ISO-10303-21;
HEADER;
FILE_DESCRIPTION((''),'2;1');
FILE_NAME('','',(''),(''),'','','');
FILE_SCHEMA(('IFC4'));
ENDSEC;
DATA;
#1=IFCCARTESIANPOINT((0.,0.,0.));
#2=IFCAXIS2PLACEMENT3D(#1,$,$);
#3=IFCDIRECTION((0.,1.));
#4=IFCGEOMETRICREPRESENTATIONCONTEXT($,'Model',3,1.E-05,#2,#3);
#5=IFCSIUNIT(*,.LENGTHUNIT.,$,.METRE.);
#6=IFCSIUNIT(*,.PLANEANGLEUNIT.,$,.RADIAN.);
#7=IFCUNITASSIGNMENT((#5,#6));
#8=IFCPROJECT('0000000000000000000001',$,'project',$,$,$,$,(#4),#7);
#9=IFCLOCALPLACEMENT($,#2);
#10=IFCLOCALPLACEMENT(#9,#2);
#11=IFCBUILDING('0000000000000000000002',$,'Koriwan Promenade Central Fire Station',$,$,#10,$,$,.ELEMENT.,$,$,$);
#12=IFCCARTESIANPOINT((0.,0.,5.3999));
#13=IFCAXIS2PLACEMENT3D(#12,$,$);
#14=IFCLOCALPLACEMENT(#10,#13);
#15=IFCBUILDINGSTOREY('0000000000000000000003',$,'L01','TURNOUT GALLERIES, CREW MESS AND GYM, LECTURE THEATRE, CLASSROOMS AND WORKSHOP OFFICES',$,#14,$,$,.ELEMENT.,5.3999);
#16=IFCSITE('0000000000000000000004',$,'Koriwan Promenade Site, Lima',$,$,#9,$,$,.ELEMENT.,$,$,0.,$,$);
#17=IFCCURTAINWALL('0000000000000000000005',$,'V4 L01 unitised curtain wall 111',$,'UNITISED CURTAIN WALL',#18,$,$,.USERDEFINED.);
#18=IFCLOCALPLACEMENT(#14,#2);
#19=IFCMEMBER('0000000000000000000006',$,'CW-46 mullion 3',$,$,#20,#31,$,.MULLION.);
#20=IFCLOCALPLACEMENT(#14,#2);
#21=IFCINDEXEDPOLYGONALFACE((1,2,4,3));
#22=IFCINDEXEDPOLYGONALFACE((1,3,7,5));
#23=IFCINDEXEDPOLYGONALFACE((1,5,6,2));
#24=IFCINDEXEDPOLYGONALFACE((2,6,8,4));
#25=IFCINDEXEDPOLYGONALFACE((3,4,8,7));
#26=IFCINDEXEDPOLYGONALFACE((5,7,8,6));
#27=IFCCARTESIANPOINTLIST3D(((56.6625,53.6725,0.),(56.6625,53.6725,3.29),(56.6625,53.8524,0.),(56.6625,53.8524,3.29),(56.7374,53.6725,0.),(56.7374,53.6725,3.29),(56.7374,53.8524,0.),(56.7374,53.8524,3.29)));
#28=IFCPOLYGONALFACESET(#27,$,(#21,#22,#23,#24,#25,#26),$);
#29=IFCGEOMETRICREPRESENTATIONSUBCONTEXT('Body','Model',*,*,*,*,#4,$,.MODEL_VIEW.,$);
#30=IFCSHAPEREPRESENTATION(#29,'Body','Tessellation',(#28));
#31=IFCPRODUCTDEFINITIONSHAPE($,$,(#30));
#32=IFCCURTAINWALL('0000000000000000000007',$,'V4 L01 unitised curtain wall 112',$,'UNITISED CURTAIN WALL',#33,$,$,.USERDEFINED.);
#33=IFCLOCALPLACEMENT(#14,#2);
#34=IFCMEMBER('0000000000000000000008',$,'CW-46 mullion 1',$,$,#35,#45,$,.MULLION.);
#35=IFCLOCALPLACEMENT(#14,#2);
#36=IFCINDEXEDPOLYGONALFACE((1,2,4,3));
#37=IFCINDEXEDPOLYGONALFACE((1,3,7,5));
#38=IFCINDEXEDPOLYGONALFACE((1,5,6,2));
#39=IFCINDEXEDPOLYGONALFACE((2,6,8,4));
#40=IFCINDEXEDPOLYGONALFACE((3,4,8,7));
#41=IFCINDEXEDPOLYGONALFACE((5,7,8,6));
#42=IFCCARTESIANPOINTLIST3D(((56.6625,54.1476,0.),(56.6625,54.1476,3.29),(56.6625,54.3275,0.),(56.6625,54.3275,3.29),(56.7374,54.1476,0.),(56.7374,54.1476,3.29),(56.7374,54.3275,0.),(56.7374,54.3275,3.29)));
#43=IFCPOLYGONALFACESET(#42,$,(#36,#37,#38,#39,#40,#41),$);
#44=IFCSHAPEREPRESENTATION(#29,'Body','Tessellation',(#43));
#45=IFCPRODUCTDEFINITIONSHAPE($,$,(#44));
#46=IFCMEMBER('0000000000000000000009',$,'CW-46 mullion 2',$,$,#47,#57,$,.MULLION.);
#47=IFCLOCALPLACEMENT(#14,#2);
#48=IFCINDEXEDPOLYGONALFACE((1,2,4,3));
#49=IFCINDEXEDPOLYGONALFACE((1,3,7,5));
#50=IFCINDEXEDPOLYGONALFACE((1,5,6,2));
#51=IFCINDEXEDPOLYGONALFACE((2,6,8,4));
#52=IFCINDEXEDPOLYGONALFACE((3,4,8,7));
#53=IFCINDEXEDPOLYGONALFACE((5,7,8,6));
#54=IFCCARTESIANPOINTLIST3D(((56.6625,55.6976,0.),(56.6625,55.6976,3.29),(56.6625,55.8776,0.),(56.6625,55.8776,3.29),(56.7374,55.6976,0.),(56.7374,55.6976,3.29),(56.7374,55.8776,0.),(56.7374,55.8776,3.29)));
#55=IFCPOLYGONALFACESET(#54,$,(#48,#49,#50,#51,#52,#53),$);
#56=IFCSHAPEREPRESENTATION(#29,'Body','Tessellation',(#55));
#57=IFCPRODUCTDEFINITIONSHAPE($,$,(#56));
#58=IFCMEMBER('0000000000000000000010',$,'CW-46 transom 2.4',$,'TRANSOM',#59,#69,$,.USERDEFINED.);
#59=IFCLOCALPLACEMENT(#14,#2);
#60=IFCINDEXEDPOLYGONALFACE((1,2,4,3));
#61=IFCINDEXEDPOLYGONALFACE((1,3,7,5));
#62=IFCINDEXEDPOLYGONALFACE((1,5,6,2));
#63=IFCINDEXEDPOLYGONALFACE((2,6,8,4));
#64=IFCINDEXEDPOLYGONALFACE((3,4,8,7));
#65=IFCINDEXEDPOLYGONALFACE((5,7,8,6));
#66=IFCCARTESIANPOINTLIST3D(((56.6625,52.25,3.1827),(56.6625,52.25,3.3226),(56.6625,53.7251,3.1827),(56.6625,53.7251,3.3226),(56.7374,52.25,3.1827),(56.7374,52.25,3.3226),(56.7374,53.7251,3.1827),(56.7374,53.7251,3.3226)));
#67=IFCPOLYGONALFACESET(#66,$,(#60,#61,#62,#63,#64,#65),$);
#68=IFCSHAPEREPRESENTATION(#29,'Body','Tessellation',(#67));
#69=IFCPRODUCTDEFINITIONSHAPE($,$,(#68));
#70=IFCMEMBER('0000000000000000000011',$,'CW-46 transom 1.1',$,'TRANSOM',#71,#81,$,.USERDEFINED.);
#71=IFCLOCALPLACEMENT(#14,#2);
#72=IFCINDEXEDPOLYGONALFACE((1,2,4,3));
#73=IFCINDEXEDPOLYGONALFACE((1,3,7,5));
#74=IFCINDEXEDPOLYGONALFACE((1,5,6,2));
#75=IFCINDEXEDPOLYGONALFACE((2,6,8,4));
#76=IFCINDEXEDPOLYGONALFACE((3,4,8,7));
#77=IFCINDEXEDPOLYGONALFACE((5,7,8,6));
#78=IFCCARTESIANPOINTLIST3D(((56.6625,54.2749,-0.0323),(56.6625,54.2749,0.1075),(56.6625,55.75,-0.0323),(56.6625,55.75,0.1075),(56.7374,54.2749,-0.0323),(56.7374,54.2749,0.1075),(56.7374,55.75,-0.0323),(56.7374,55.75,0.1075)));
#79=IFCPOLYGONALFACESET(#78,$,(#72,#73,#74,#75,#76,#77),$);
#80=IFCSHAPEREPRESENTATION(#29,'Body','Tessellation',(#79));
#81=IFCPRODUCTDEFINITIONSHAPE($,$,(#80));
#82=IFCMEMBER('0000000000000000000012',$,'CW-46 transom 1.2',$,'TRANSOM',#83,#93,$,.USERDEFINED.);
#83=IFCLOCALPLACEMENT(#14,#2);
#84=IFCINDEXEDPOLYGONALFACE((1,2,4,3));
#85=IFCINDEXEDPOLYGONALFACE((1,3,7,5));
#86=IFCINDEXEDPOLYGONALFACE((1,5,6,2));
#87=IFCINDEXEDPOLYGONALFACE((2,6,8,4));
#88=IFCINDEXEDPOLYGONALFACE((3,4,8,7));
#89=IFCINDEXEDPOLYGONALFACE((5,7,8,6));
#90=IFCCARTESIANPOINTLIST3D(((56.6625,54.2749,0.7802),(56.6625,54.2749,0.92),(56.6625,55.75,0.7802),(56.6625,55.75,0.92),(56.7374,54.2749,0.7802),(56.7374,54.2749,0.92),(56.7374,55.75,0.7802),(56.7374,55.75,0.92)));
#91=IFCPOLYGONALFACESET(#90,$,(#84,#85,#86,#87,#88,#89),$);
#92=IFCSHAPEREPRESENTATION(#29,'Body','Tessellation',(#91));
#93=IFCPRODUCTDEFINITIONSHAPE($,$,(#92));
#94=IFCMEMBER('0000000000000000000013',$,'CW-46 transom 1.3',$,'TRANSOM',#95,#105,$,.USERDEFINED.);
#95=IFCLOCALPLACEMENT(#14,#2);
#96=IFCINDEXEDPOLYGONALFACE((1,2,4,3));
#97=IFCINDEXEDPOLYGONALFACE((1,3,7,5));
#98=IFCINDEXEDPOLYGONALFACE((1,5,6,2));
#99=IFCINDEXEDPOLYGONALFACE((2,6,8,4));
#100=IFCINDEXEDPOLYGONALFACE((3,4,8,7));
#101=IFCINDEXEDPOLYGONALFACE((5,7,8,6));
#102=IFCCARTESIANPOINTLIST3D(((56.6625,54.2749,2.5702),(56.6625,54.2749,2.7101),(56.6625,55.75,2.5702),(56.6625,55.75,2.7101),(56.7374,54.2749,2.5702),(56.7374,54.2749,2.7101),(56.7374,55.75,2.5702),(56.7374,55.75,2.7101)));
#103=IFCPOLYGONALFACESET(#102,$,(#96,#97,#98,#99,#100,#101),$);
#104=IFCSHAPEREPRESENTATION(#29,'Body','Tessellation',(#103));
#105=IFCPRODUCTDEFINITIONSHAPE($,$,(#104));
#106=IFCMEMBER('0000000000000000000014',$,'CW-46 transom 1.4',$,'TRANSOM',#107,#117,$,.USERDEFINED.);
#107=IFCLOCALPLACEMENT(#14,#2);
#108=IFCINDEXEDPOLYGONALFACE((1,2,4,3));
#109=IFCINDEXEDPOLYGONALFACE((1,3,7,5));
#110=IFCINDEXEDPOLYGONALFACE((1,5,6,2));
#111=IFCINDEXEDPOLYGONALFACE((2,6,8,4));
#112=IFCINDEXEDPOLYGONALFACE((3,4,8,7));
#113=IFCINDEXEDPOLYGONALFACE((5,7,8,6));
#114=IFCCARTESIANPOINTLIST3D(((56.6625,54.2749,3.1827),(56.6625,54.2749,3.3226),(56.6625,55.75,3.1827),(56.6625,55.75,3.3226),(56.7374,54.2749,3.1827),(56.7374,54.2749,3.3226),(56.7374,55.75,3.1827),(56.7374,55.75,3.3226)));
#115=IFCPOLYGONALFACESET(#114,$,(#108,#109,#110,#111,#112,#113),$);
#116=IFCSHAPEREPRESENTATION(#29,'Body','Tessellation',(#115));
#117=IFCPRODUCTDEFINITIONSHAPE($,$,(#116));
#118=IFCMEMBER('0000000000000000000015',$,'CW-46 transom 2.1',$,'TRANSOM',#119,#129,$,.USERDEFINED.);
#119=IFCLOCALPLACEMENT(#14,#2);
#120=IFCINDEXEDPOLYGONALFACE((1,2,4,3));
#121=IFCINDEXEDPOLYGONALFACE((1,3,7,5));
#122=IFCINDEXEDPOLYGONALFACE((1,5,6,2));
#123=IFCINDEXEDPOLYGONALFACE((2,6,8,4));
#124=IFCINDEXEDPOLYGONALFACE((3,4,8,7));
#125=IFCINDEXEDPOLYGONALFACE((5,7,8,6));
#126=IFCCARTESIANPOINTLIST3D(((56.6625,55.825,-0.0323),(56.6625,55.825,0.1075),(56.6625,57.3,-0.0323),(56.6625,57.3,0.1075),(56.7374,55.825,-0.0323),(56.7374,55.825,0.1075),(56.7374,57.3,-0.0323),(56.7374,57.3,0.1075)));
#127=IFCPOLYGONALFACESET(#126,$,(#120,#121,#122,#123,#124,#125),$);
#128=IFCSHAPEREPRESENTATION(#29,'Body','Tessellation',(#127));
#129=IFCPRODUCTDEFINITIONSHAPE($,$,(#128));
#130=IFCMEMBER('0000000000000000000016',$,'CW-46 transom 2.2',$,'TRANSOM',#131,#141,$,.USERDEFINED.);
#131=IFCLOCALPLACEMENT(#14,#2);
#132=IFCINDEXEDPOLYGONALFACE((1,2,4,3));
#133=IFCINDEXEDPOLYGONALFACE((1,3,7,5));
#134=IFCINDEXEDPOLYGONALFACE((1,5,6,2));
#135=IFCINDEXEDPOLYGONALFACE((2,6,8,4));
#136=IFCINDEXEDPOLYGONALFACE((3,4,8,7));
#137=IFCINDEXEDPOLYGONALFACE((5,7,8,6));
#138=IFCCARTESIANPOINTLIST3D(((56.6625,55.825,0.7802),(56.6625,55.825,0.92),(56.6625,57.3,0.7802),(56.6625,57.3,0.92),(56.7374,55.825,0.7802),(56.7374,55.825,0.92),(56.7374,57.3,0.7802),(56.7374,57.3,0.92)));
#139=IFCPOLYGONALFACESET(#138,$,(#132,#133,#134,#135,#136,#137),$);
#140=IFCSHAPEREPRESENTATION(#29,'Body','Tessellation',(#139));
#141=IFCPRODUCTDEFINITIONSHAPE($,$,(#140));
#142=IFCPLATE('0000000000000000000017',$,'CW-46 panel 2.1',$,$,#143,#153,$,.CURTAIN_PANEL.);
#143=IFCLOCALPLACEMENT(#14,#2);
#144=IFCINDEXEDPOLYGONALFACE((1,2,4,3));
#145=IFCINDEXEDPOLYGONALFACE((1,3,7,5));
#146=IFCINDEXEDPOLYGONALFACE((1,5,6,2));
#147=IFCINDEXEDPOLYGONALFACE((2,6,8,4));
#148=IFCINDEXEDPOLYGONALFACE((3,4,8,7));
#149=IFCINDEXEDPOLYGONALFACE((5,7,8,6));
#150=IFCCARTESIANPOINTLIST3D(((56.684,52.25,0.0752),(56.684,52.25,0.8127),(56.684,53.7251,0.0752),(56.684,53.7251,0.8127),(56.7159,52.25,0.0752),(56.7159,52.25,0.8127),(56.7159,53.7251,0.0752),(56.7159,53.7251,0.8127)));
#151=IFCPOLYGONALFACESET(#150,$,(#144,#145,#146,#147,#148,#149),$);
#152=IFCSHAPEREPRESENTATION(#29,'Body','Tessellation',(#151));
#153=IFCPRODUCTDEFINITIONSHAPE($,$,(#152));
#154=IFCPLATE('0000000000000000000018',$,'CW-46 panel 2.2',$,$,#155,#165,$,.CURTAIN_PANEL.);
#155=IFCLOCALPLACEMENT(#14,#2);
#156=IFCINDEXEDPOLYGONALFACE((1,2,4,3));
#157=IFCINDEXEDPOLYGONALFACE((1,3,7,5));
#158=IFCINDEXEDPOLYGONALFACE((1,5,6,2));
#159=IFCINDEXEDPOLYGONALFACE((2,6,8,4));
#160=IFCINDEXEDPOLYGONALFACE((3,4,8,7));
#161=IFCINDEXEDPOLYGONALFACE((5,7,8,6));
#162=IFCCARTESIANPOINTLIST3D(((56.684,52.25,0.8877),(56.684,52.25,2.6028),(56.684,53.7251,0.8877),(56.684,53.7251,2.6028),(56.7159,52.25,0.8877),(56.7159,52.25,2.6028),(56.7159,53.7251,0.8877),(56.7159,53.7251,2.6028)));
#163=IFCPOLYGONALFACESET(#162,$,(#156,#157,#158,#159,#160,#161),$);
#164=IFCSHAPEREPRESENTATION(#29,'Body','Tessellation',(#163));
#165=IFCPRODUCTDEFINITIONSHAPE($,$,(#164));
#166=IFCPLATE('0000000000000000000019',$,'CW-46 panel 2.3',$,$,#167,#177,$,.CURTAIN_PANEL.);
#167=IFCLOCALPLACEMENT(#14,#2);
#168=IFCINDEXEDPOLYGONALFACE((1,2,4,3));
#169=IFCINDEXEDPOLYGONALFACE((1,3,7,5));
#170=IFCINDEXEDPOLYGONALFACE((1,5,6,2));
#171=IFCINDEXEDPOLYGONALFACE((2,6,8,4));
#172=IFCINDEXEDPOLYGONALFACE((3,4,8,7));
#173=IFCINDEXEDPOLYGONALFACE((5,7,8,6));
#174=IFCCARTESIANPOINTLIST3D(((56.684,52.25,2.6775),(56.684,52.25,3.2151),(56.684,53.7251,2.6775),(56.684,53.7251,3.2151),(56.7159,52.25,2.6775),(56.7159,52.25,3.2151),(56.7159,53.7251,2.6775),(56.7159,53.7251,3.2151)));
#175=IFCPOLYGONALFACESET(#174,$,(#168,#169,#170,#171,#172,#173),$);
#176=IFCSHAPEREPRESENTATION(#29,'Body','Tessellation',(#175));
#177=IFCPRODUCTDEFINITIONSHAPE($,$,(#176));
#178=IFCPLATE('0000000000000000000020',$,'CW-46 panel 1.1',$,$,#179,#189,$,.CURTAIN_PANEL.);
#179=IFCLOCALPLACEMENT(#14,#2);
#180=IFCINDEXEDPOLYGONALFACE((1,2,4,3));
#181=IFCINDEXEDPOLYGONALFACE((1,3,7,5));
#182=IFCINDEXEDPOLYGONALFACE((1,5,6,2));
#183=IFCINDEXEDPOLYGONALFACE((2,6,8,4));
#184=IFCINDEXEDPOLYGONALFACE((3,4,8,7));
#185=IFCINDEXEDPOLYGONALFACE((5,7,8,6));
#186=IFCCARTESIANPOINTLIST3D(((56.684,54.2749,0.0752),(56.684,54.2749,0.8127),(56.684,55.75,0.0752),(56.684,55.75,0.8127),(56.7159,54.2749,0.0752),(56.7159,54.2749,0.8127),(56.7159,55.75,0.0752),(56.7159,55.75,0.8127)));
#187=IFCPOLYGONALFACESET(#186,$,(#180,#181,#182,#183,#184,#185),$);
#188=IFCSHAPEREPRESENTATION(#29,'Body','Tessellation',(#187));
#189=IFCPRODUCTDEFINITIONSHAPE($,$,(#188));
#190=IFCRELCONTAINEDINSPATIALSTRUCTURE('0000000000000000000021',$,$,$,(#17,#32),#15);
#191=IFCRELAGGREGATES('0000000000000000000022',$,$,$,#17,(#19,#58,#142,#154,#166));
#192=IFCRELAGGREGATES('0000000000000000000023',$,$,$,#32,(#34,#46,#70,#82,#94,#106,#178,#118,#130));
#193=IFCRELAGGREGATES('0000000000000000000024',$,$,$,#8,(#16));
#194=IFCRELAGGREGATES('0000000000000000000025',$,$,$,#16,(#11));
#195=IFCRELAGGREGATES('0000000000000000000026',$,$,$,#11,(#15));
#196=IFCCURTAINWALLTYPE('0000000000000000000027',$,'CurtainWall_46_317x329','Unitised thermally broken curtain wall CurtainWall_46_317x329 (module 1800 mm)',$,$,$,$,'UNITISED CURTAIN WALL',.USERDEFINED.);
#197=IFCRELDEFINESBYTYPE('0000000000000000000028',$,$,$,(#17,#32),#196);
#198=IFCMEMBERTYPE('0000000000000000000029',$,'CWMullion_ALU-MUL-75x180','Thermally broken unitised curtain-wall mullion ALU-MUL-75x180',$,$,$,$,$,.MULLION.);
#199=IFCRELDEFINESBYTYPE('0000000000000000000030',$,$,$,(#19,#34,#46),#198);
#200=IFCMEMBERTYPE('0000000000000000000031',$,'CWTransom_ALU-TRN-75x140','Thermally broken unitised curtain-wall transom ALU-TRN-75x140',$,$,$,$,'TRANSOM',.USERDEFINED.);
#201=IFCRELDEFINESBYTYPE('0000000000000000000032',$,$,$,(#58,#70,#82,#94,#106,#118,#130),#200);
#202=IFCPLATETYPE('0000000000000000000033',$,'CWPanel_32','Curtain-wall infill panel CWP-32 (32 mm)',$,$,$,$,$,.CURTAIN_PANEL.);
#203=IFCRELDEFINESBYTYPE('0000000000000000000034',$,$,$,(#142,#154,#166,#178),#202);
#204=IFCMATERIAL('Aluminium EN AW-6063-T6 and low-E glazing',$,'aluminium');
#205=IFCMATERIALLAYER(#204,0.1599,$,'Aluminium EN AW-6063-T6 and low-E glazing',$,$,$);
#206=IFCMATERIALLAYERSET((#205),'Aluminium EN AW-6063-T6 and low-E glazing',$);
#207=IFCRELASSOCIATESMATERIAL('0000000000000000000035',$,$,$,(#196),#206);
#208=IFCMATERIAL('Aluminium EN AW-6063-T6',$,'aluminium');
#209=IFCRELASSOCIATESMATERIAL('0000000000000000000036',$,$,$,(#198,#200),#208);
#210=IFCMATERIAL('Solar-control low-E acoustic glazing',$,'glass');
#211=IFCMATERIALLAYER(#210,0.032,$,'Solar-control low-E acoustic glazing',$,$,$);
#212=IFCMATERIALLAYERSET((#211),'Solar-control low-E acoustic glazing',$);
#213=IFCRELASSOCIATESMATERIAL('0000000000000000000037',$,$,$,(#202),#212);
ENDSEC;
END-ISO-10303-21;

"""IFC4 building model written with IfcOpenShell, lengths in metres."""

from ifc_helpers import new_model, si_unit, direction, frame, origin, origin_2d, place, context, subcontext, project, spatial, rectangle, extrude, material, layer, layer_set, material_profile, profile_set, type_object, element, aggregate, save


model = new_model("IFC4")

# Units and contexts
model_context = context("Model", 3, precision=1e-05, world=origin(), true_north=direction((0.0, 1.0)))
body_context = subcontext(model_context, "Body", "Model", "MODEL_VIEW")
ifc_project = project(units=[si_unit("LENGTHUNIT", "METRE"), si_unit("PLANEANGLEUNIT", "RADIAN")], contexts=[model_context])

# Site, building, storey
site_placement = place(None, origin())
site = spatial("IfcSite", under=ifc_project, at=site_placement, Name="Koriwan Promenade Site, Lima", CompositionType="ELEMENT", RefElevation=0.0)
building_placement = place(site_placement, origin())
building = spatial("IfcBuilding", under=site, at=building_placement, Name="Koriwan Promenade Central Fire Station", CompositionType="ELEMENT")
storey_placement = place(building_placement, frame((0.0, 0.0, 5.3999)))
storey = spatial("IfcBuildingStorey", under=building, at=storey_placement, Name="L01", Description="TURNOUT GALLERIES, CREW MESS AND GYM, LECTURE THEATRE, CLASSROOMS AND WORKSHOP OFFICES", CompositionType="ELEMENT", Elevation=5.3999)

# Curtain wall, member
ifc_material_1 = material(Name="Aluminium EN AW-6063-T6 and low-E glazing", Category="aluminium")
ifc_layer_1 = layer(ifc_material_1, 0.1599, Name="Aluminium EN AW-6063-T6 and low-E glazing")
ifc_layer_set_1 = layer_set([ifc_layer_1], Name="Aluminium EN AW-6063-T6 and low-E glazing")
curtain_wall_type = type_object("IfcCurtainWallType", Name="CurtainWall_46_317x329", Description="Unitised thermally broken curtain wall CurtainWall_46_317x329 (module 1800 mm)", ElementType="UNITISED CURTAIN WALL", PredefinedType="USERDEFINED", material=ifc_layer_set_1)
curtain_wall_1_placement = place(storey_placement, origin())
curtain_wall_1 = element("IfcCurtainWall", 1, at=curtain_wall_1_placement, inside=storey, type_object=curtain_wall_type, Name="V4 L01 unitised curtain wall 111", ObjectType="UNITISED CURTAIN WALL", PredefinedType="USERDEFINED")
ifc_material_2 = material(Name="Aluminium EN AW-6063-T6", Category="aluminium")
ifc_material_profile_1 = material_profile(ifc_material_2, rectangle(XDim=0.075, YDim=0.1799, at=origin_2d()), Name="ALU-MUL-75x180")
ifc_profile_set_1 = profile_set([ifc_material_profile_1], Name="Aluminium EN AW-6063-T6")
member_type_1 = type_object("IfcMemberType", Name="CWMullion_ALU-MUL-75x180", Description="Thermally broken unitised curtain-wall mullion ALU-MUL-75x180", PredefinedType="MULLION", material=ifc_profile_set_1)
member_1_placement = place(storey_placement, frame((56.7, 53.7625, 0.0), z_axis=(0.0, 0.0, 1.0), x_axis=(-1.0, 0.0, 0.0)))
member_1 = element("IfcMember", 2, at=member_1_placement, type_object=member_type_1, Name="CW-46 mullion 3", PredefinedType="MULLION", context=body_context, shape_type="SweptSolid", body=[
    extrude(rectangle(XDim=0.075, YDim=0.1799, at=origin_2d()), origin(), (0.0, 0.0, 1.0), 3.29),
])

# Curtain wall, members
curtain_wall_2_placement = place(storey_placement, origin())
curtain_wall_2 = element("IfcCurtainWall", 3, at=curtain_wall_2_placement, inside=storey, type_object=curtain_wall_type, Name="V4 L01 unitised curtain wall 112", ObjectType="UNITISED CURTAIN WALL", PredefinedType="USERDEFINED")
member_2_placement = place(storey_placement, frame((56.7, 54.2375, 0.0), z_axis=(0.0, 0.0, 1.0), x_axis=(-1.0, 0.0, 0.0)))
member_2 = element("IfcMember", 4, at=member_2_placement, type_object=member_type_1, Name="CW-46 mullion 1", PredefinedType="MULLION", context=body_context, shape_type="SweptSolid", body=[
    extrude(rectangle(XDim=0.075, YDim=0.1799, at=origin_2d()), origin(), (0.0, 0.0, 1.0), 3.29),
])
member_3_placement = place(storey_placement, frame((56.7, 55.7876, 0.0), z_axis=(0.0, 0.0, 1.0), x_axis=(-1.0, 0.0, 0.0)))
member_3 = element("IfcMember", 5, at=member_3_placement, type_object=member_type_1, Name="CW-46 mullion 2", PredefinedType="MULLION", context=body_context, shape_type="SweptSolid", body=[
    extrude(rectangle(XDim=0.075, YDim=0.1799, at=origin_2d()), origin(), (0.0, 0.0, 1.0), 3.29),
])

# Members
ifc_material_profile_2 = material_profile(ifc_material_2, rectangle(XDim=0.075, YDim=0.1399, at=origin_2d()), Name="ALU-TRN-75x140")
ifc_profile_set_2 = profile_set([ifc_material_profile_2], Name="Aluminium EN AW-6063-T6")
member_type_2 = type_object("IfcMemberType", Name="CWTransom_ALU-TRN-75x140", Description="Thermally broken unitised curtain-wall transom ALU-TRN-75x140", ElementType="TRANSOM", PredefinedType="USERDEFINED", material=ifc_profile_set_2)
member_4_placement = place(storey_placement, frame((56.7, 52.25, 3.2527), z_axis=(0.0, 1.0, 0.0), x_axis=(-1.0, 0.0, 0.0)))
member_4 = element("IfcMember", 6, at=member_4_placement, type_object=member_type_2, Name="CW-46 transom 2.4", ObjectType="TRANSOM", PredefinedType="USERDEFINED", context=body_context, shape_type="SweptSolid", body=[
    extrude(rectangle(XDim=0.075, YDim=0.1399, at=origin_2d()), origin(), (0.0, 0.0, 1.0), 1.4751),
])
member_5_placement = place(storey_placement, frame((56.7, 54.2749, 0.0376), z_axis=(0.0, 1.0, 0.0), x_axis=(-1.0, 0.0, 0.0)))
member_5 = element("IfcMember", 7, at=member_5_placement, type_object=member_type_2, Name="CW-46 transom 1.1", ObjectType="TRANSOM", PredefinedType="USERDEFINED", context=body_context, shape_type="SweptSolid", body=[
    extrude(rectangle(XDim=0.075, YDim=0.1399, at=origin_2d()), origin(), (0.0, 0.0, 1.0), 1.4751),
])
member_6_placement = place(storey_placement, frame((56.7, 54.2749, 0.8501), z_axis=(0.0, 1.0, 0.0), x_axis=(-1.0, 0.0, 0.0)))
member_6 = element("IfcMember", 8, at=member_6_placement, type_object=member_type_2, Name="CW-46 transom 1.2", ObjectType="TRANSOM", PredefinedType="USERDEFINED", context=body_context, shape_type="SweptSolid", body=[
    extrude(rectangle(XDim=0.075, YDim=0.1399, at=origin_2d()), origin(), (0.0, 0.0, 1.0), 1.4751),
])
member_7_placement = place(storey_placement, frame((56.7, 54.2749, 2.6401), z_axis=(0.0, 1.0, 0.0), x_axis=(-1.0, 0.0, 0.0)))
member_7 = element("IfcMember", 9, at=member_7_placement, type_object=member_type_2, Name="CW-46 transom 1.3", ObjectType="TRANSOM", PredefinedType="USERDEFINED", context=body_context, shape_type="SweptSolid", body=[
    extrude(rectangle(XDim=0.075, YDim=0.1399, at=origin_2d()), origin(), (0.0, 0.0, 1.0), 1.4751),
])
member_8_placement = place(storey_placement, frame((56.7, 54.2749, 3.2527), z_axis=(0.0, 1.0, 0.0), x_axis=(-1.0, 0.0, 0.0)))
member_8 = element("IfcMember", 10, at=member_8_placement, type_object=member_type_2, Name="CW-46 transom 1.4", ObjectType="TRANSOM", PredefinedType="USERDEFINED", context=body_context, shape_type="SweptSolid", body=[
    extrude(rectangle(XDim=0.075, YDim=0.1399, at=origin_2d()), origin(), (0.0, 0.0, 1.0), 1.4751),
])
member_9_placement = place(storey_placement, frame((56.7, 55.825, 0.0376), z_axis=(0.0, 1.0, 0.0), x_axis=(-1.0, 0.0, 0.0)))
member_9 = element("IfcMember", 11, at=member_9_placement, type_object=member_type_2, Name="CW-46 transom 2.1", ObjectType="TRANSOM", PredefinedType="USERDEFINED", context=body_context, shape_type="SweptSolid", body=[
    extrude(rectangle(XDim=0.075, YDim=0.1399, at=origin_2d()), origin(), (0.0, 0.0, 1.0), 1.4751),
])
member_10_placement = place(storey_placement, frame((56.7, 55.825, 0.8501), z_axis=(0.0, 1.0, 0.0), x_axis=(-1.0, 0.0, 0.0)))
member_10 = element("IfcMember", 12, at=member_10_placement, type_object=member_type_2, Name="CW-46 transom 2.2", ObjectType="TRANSOM", PredefinedType="USERDEFINED", context=body_context, shape_type="SweptSolid", body=[
    extrude(rectangle(XDim=0.075, YDim=0.1399, at=origin_2d()), origin(), (0.0, 0.0, 1.0), 1.4751),
])

# Plates
ifc_material_3 = material(Name="Solar-control low-E acoustic glazing", Category="glass")
ifc_layer_2 = layer(ifc_material_3, 0.032, Name="Solar-control low-E acoustic glazing")
ifc_layer_set_2 = layer_set([ifc_layer_2], Name="Solar-control low-E acoustic glazing")
plate_type = type_object("IfcPlateType", Name="CWPanel_32", Description="Curtain-wall infill panel CWP-32 (32 mm)", PredefinedType="CURTAIN_PANEL", material=ifc_layer_set_2)
plate_1_placement = place(storey_placement, frame((56.7, 52.9875, 0.0752), z_axis=(0.0, 0.0, 1.0), x_axis=(0.0, 1.0, 0.0)))
plate_1 = element("IfcPlate", 13, at=plate_1_placement, type_object=plate_type, Name="CW-46 panel 2.1", PredefinedType="CURTAIN_PANEL", context=body_context, shape_type="SweptSolid", body=[
    extrude(rectangle(XDim=1.4751, YDim=0.032, at=origin_2d()), origin(), (0.0, 0.0, 1.0), 0.7375),
])
plate_2_placement = place(storey_placement, frame((56.7, 52.9875, 0.8877), z_axis=(0.0, 0.0, 1.0), x_axis=(0.0, 1.0, 0.0)))
plate_2 = element("IfcPlate", 14, at=plate_2_placement, type_object=plate_type, Name="CW-46 panel 2.2", PredefinedType="CURTAIN_PANEL", context=body_context, shape_type="SweptSolid", body=[
    extrude(rectangle(XDim=1.4751, YDim=0.032, at=origin_2d()), origin(), (0.0, 0.0, 1.0), 1.7151),
])
plate_3_placement = place(storey_placement, frame((56.7, 52.9875, 2.6775), z_axis=(0.0, 0.0, 1.0), x_axis=(0.0, 1.0, 0.0)))
plate_3 = element("IfcPlate", 15, at=plate_3_placement, type_object=plate_type, Name="CW-46 panel 2.3", PredefinedType="CURTAIN_PANEL", context=body_context, shape_type="SweptSolid", body=[
    extrude(rectangle(XDim=1.4751, YDim=0.032, at=origin_2d()), origin(), (0.0, 0.0, 1.0), 0.5376),
])
aggregate(curtain_wall_1, [member_1, member_4, plate_1, plate_2, plate_3])
plate_4_placement = place(storey_placement, frame((56.7, 55.0125, 0.0752), z_axis=(0.0, 0.0, 1.0), x_axis=(0.0, 1.0, 0.0)))
plate_4 = element("IfcPlate", 16, at=plate_4_placement, type_object=plate_type, Name="CW-46 panel 1.1", PredefinedType="CURTAIN_PANEL", context=body_context, shape_type="SweptSolid", body=[
    extrude(rectangle(XDim=1.4751, YDim=0.032, at=origin_2d()), origin(), (0.0, 0.0, 1.0), 0.7375),
])
aggregate(curtain_wall_2, [member_2, member_3, member_5, member_6, member_7, member_8, plate_4, member_9, member_10])

save(model, "model.ifc")
